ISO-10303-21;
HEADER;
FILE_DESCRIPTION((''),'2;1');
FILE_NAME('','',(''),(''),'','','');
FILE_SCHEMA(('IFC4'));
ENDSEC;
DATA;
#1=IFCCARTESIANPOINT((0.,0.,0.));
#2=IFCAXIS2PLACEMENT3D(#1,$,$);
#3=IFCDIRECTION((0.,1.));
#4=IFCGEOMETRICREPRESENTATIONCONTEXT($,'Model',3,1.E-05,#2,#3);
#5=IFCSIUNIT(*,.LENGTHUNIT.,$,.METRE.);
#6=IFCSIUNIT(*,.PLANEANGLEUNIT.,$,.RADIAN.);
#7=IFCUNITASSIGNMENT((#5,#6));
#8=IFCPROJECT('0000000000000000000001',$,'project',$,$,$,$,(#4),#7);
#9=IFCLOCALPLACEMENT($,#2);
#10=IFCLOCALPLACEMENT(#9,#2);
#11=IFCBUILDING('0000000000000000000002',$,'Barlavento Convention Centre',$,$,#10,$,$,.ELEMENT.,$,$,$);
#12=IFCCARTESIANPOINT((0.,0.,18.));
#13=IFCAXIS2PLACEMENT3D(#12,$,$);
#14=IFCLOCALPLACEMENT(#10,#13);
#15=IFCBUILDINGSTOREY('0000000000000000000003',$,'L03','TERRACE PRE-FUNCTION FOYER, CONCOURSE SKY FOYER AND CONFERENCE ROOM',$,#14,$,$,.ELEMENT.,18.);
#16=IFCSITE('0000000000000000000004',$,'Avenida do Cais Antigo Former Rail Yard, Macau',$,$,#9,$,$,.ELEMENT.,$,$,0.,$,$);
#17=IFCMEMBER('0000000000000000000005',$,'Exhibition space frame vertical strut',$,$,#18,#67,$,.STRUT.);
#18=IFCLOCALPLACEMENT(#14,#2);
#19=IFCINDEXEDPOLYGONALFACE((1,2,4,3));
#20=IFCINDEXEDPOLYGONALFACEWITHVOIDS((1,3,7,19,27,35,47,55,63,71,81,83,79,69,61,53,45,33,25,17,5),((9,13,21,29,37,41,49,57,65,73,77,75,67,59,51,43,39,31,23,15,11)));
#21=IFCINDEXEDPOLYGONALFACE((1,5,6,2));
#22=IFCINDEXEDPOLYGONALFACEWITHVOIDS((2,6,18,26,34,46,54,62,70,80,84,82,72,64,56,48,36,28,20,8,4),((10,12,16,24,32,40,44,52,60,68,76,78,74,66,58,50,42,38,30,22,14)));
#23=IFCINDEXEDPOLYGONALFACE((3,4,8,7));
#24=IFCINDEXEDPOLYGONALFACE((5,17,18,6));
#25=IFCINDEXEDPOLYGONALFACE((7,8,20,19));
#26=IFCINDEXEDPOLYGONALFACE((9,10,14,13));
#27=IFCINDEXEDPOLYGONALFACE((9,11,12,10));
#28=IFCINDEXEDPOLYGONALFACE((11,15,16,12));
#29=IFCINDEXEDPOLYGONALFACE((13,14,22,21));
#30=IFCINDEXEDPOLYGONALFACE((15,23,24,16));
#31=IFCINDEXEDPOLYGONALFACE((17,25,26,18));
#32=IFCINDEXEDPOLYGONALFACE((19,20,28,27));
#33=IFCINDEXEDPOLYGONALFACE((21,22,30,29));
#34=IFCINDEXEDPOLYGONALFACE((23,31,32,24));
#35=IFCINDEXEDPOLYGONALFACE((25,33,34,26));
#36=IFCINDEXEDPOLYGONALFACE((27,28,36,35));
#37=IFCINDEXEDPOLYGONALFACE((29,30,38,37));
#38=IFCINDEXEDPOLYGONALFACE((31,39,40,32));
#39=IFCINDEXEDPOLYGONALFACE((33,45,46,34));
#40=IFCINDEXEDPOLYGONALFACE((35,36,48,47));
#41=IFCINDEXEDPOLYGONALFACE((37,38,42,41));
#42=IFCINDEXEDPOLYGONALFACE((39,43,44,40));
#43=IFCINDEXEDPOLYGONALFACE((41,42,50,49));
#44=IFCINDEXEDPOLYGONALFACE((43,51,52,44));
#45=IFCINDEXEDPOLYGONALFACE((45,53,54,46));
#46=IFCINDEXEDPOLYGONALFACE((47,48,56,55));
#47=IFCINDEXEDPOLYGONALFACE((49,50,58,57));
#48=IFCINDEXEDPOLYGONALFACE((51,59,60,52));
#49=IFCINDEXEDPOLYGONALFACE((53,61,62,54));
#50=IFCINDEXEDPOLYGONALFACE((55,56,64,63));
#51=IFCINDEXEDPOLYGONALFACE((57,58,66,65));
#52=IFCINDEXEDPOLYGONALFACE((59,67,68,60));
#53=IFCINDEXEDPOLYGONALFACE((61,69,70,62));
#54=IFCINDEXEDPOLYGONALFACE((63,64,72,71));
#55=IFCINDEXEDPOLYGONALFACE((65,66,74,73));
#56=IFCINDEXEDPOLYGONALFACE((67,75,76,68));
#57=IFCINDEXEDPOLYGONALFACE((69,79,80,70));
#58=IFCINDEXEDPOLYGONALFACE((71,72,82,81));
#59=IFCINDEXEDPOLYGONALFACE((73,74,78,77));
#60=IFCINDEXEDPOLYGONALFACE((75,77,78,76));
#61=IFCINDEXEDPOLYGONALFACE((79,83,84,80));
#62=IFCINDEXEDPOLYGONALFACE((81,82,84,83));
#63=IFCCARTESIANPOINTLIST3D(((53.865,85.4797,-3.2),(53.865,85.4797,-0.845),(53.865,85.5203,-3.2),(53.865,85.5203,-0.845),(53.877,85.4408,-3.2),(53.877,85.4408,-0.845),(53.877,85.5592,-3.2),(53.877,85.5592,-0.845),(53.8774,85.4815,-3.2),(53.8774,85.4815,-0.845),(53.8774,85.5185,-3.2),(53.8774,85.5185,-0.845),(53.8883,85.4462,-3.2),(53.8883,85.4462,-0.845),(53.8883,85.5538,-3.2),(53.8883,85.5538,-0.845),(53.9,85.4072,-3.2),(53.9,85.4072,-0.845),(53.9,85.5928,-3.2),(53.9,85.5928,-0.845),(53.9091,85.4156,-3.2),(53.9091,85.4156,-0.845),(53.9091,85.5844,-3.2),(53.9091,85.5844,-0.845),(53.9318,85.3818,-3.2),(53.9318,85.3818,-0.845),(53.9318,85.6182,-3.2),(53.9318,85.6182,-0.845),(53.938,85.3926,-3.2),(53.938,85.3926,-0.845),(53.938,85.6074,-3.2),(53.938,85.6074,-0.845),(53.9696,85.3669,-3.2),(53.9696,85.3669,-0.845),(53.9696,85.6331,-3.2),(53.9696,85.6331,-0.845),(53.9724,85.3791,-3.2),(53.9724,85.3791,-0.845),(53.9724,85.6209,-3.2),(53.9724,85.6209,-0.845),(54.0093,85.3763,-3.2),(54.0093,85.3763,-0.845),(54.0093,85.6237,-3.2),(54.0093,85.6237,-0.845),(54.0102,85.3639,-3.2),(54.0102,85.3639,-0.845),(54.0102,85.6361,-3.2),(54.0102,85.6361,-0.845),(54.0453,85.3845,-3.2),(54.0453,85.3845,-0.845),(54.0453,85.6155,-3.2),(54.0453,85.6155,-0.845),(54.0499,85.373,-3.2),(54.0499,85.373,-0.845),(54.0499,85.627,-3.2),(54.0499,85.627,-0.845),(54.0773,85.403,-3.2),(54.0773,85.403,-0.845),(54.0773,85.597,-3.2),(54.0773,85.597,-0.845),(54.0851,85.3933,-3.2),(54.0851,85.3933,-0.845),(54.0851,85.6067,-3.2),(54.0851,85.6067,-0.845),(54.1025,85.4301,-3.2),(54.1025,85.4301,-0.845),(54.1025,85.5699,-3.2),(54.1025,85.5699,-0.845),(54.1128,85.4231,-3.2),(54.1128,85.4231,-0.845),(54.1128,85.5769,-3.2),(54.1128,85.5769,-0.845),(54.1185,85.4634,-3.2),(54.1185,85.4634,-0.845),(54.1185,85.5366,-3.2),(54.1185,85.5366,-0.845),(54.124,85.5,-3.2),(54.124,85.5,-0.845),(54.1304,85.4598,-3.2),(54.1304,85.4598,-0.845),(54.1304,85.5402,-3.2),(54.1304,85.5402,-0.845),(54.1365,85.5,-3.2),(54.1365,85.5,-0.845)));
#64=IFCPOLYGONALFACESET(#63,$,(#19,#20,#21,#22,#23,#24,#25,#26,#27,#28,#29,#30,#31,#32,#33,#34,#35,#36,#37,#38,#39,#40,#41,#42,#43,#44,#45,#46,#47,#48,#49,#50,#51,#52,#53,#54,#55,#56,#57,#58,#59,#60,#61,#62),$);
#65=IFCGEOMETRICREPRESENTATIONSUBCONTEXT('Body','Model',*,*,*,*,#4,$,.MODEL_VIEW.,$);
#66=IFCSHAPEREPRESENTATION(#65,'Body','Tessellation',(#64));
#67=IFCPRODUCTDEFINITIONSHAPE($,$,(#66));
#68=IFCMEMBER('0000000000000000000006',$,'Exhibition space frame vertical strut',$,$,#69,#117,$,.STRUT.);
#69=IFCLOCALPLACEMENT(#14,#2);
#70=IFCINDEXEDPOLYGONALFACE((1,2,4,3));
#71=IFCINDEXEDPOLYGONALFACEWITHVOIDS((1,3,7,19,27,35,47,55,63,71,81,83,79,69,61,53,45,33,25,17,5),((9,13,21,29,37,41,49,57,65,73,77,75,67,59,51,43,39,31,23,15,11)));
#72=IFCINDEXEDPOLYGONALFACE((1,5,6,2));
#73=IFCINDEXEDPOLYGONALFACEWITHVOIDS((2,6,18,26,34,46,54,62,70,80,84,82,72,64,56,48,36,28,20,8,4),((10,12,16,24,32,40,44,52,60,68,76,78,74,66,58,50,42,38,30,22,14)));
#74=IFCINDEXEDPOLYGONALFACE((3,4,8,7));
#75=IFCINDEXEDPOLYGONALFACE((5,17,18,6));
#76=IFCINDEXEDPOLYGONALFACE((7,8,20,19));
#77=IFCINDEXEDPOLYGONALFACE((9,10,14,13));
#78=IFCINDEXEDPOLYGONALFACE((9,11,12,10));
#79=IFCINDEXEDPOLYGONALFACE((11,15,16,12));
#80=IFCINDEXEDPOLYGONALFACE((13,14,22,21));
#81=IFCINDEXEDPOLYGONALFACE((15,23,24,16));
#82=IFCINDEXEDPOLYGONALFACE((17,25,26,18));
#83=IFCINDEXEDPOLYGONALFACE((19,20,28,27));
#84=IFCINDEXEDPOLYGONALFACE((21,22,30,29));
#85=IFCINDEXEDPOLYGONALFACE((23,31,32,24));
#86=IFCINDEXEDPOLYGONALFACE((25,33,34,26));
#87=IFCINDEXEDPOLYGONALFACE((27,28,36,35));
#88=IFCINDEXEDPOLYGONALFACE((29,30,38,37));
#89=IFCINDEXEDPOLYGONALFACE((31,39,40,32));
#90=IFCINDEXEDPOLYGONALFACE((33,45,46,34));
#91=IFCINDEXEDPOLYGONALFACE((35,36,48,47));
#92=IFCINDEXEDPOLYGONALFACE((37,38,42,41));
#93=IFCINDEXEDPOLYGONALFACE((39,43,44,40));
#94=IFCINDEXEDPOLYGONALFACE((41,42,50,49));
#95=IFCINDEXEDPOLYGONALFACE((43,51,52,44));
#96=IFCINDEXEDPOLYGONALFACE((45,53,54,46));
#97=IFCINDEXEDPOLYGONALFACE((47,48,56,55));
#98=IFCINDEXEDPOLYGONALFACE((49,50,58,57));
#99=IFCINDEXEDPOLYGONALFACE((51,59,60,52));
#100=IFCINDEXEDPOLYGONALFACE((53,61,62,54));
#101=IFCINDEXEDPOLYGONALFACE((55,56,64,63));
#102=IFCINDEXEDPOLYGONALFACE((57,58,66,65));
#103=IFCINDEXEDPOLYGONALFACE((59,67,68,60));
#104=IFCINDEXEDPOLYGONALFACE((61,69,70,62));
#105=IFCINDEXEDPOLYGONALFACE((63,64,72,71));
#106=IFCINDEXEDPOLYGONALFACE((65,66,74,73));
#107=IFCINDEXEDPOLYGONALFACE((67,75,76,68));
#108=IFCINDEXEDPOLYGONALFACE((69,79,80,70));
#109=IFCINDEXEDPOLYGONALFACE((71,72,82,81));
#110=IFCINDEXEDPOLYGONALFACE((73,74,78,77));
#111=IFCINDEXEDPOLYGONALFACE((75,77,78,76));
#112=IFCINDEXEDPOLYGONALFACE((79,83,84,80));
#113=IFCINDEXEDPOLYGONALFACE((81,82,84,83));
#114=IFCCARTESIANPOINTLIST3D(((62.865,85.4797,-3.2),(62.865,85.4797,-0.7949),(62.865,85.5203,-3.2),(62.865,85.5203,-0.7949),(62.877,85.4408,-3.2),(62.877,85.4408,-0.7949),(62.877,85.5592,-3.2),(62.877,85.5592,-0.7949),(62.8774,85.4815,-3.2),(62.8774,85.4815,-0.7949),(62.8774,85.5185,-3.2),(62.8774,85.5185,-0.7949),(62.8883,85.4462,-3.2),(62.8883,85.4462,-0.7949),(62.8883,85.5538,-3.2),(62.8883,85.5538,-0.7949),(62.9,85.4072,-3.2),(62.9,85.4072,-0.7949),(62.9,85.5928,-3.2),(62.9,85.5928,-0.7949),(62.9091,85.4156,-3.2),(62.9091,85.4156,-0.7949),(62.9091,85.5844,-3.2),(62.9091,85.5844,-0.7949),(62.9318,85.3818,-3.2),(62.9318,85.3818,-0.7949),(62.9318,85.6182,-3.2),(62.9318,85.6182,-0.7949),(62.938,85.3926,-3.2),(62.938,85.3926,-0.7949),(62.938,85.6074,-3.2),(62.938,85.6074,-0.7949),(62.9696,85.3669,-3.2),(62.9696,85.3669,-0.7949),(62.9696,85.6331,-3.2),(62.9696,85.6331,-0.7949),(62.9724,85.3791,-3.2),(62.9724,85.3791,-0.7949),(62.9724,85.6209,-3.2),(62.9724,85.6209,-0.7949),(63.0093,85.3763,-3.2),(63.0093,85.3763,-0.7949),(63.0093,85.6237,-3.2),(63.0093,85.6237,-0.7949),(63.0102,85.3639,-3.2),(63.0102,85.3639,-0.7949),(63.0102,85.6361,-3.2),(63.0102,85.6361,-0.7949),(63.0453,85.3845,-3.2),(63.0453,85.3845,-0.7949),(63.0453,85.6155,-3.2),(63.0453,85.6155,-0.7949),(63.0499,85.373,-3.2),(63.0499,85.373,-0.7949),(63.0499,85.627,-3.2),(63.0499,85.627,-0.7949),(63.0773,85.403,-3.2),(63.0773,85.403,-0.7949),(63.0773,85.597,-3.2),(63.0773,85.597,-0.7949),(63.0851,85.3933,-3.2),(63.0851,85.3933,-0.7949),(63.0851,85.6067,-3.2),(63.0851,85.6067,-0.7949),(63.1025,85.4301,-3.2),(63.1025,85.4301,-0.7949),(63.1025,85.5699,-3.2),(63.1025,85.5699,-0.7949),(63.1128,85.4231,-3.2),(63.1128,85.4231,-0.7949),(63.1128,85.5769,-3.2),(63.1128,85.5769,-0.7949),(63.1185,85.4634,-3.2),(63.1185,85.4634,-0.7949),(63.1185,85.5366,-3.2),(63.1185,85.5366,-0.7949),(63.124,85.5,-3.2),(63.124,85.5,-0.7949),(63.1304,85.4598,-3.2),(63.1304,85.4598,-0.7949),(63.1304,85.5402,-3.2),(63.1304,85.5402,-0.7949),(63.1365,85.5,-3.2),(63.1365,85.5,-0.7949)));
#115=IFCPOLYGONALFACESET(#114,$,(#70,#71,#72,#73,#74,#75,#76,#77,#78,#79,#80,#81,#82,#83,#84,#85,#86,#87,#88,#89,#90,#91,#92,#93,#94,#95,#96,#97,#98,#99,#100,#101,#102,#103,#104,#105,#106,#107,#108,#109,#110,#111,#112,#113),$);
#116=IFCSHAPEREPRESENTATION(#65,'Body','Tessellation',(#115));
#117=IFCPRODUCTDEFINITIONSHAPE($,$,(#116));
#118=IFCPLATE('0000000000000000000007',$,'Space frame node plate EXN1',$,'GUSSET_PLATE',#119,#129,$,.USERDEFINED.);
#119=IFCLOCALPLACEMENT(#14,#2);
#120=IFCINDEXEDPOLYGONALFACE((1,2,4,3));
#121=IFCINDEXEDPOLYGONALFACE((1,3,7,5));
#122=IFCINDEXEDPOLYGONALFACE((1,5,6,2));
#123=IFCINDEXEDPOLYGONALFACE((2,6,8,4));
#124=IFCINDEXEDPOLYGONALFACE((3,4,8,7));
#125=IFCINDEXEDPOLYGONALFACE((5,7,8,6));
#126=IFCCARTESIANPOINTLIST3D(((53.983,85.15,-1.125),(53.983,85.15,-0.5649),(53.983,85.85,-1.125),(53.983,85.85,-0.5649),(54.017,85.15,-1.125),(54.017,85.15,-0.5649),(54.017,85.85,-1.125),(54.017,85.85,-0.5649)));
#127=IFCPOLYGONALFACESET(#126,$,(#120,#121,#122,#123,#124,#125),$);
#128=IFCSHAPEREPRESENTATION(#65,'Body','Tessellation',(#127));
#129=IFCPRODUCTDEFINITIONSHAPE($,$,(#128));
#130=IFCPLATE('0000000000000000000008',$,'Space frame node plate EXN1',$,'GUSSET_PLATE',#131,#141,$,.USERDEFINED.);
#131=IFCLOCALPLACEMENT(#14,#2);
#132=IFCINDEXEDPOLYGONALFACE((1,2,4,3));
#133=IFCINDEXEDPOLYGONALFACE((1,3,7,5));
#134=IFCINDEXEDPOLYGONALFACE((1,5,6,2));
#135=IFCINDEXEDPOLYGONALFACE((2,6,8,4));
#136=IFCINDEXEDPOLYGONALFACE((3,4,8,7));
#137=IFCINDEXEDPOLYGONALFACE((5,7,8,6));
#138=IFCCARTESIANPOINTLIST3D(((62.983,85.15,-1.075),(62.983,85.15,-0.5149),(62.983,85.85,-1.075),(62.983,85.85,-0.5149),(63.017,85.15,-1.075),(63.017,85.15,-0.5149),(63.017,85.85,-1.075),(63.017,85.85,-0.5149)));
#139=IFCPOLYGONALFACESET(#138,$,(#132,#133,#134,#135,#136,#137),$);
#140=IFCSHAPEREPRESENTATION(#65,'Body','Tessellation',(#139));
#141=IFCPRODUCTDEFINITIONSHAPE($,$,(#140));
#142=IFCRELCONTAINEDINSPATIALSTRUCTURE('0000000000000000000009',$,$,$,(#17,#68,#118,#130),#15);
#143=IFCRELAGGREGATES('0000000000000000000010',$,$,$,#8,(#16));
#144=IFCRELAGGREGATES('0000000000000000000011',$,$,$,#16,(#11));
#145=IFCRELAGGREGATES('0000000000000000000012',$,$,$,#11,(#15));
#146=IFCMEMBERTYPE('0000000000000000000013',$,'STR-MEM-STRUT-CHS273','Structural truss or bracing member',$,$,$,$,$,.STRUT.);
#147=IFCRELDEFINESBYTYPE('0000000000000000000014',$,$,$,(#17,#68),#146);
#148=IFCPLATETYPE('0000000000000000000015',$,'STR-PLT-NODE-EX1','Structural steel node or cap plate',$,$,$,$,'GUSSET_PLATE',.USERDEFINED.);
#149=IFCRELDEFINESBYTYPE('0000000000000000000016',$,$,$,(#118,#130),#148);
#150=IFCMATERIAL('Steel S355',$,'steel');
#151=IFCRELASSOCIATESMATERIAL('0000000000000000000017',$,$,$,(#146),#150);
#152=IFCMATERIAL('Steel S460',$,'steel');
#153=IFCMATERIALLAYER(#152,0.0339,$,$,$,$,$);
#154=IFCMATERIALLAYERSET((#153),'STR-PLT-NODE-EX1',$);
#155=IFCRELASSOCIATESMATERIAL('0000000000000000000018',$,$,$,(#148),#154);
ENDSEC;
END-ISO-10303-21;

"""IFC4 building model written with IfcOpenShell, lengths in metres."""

from ifc_helpers import new_model, si_unit, direction, frame, origin, origin_2d, place, context, subcontext, project, spatial, rectangle, hollow_circle, extrude, material, layer, layer_set, material_profile, profile_set, type_object, element, save


model = new_model("IFC4")

# Units and contexts
model_context = context("Model", 3, precision=1e-05, world=origin(), true_north=direction((0.0, 1.0)))
body_context = subcontext(model_context, "Body", "Model", "MODEL_VIEW")
ifc_project = project(units=[si_unit("LENGTHUNIT", "METRE"), si_unit("PLANEANGLEUNIT", "RADIAN")], contexts=[model_context])

# Site, building, storey
site_placement = place(None, origin())
site = spatial("IfcSite", under=ifc_project, at=site_placement, Name="Avenida do Cais Antigo Former Rail Yard, Macau", CompositionType="ELEMENT", RefElevation=0.0)
building_placement = place(site_placement, origin())
building = spatial("IfcBuilding", under=site, at=building_placement, Name="Barlavento Convention Centre", CompositionType="ELEMENT")
storey_placement = place(building_placement, frame((0.0, 0.0, 18.0)))
storey = spatial("IfcBuildingStorey", under=building, at=storey_placement, Name="L03", Description="TERRACE PRE-FUNCTION FOYER, CONCOURSE SKY FOYER AND CONFERENCE ROOM", CompositionType="ELEMENT", Elevation=18.0)

# Members
ifc_material_1 = material(Name="Steel S355", Category="steel")
ifc_material_profile_1 = material_profile(ifc_material_1, hollow_circle(Radius=0.1365, WallThickness=0.0125, at=origin_2d()), Name="CHS 273.0x12.5")
ifc_profile_set_1 = profile_set([ifc_material_profile_1], Name="Steel S355")
member_type_1 = type_object("IfcMemberType", Name="STR-MEM-STRUT-CHS273", Description="Structural truss or bracing member", PredefinedType="STRUT", material=ifc_profile_set_1)
member_1_placement = place(storey_placement, frame((54.0, 85.5, -3.2), z_axis=(0.0, 0.0, 1.0), x_axis=(1.0, 0.0, 0.0)))
element("IfcMember", 1, at=member_1_placement, inside=storey, type_object=member_type_1, Name="Exhibition space frame vertical strut", PredefinedType="STRUT", context=body_context, shape_type="SweptSolid", body=[
    extrude(hollow_circle(Radius=0.1365, WallThickness=0.0125, at=origin_2d()), origin(), (0.0, 0.0, 1.0), 2.355),
])
member_2_placement = place(storey_placement, frame((63.0, 85.5, -3.2), z_axis=(0.0, 0.0, 1.0), x_axis=(1.0, 0.0, 0.0)))
element("IfcMember", 2, at=member_2_placement, inside=storey, type_object=member_type_1, Name="Exhibition space frame vertical strut", PredefinedType="STRUT", context=body_context, shape_type="SweptSolid", body=[
    extrude(hollow_circle(Radius=0.1365, WallThickness=0.0125, at=origin_2d()), origin(), (0.0, 0.0, 1.0), 2.405),
])

# Plates
ifc_material_2 = material(Name="Steel S460", Category="steel")
ifc_layer = layer(ifc_material_2, 0.0339)
ifc_layer_set = layer_set([ifc_layer], Name="STR-PLT-NODE-EX1")
plate_type = type_object("IfcPlateType", Name="STR-PLT-NODE-EX1", Description="Structural steel node or cap plate", ElementType="GUSSET_PLATE", PredefinedType="USERDEFINED", material=ifc_layer_set)
for number, where, z_axis, x_axis, name in (
    (3, (54.0, 85.5, -1.125), (0.0, 0.0, 1.0), (1.0, 0.0, 0.0), "Space frame node plate EXN1"),
    (4, (63.0, 85.5, -1.075), (0.0, 0.0, 1.0), (1.0, 0.0, 0.0), "Space frame node plate EXN1"),
):
    element("IfcPlate", number, at=place(storey_placement, frame(where, z_axis=z_axis, x_axis=x_axis)), inside=storey, type_object=plate_type, Name=name, ObjectType="GUSSET_PLATE", PredefinedType="USERDEFINED", context=body_context, shape_type="SweptSolid", body=[
        extrude(rectangle(XDim=0.0339, YDim=0.7, at=origin_2d()), origin(), (0.0, 0.0, 1.0), 0.5601),
    ])

save(model, "model.ifc")
